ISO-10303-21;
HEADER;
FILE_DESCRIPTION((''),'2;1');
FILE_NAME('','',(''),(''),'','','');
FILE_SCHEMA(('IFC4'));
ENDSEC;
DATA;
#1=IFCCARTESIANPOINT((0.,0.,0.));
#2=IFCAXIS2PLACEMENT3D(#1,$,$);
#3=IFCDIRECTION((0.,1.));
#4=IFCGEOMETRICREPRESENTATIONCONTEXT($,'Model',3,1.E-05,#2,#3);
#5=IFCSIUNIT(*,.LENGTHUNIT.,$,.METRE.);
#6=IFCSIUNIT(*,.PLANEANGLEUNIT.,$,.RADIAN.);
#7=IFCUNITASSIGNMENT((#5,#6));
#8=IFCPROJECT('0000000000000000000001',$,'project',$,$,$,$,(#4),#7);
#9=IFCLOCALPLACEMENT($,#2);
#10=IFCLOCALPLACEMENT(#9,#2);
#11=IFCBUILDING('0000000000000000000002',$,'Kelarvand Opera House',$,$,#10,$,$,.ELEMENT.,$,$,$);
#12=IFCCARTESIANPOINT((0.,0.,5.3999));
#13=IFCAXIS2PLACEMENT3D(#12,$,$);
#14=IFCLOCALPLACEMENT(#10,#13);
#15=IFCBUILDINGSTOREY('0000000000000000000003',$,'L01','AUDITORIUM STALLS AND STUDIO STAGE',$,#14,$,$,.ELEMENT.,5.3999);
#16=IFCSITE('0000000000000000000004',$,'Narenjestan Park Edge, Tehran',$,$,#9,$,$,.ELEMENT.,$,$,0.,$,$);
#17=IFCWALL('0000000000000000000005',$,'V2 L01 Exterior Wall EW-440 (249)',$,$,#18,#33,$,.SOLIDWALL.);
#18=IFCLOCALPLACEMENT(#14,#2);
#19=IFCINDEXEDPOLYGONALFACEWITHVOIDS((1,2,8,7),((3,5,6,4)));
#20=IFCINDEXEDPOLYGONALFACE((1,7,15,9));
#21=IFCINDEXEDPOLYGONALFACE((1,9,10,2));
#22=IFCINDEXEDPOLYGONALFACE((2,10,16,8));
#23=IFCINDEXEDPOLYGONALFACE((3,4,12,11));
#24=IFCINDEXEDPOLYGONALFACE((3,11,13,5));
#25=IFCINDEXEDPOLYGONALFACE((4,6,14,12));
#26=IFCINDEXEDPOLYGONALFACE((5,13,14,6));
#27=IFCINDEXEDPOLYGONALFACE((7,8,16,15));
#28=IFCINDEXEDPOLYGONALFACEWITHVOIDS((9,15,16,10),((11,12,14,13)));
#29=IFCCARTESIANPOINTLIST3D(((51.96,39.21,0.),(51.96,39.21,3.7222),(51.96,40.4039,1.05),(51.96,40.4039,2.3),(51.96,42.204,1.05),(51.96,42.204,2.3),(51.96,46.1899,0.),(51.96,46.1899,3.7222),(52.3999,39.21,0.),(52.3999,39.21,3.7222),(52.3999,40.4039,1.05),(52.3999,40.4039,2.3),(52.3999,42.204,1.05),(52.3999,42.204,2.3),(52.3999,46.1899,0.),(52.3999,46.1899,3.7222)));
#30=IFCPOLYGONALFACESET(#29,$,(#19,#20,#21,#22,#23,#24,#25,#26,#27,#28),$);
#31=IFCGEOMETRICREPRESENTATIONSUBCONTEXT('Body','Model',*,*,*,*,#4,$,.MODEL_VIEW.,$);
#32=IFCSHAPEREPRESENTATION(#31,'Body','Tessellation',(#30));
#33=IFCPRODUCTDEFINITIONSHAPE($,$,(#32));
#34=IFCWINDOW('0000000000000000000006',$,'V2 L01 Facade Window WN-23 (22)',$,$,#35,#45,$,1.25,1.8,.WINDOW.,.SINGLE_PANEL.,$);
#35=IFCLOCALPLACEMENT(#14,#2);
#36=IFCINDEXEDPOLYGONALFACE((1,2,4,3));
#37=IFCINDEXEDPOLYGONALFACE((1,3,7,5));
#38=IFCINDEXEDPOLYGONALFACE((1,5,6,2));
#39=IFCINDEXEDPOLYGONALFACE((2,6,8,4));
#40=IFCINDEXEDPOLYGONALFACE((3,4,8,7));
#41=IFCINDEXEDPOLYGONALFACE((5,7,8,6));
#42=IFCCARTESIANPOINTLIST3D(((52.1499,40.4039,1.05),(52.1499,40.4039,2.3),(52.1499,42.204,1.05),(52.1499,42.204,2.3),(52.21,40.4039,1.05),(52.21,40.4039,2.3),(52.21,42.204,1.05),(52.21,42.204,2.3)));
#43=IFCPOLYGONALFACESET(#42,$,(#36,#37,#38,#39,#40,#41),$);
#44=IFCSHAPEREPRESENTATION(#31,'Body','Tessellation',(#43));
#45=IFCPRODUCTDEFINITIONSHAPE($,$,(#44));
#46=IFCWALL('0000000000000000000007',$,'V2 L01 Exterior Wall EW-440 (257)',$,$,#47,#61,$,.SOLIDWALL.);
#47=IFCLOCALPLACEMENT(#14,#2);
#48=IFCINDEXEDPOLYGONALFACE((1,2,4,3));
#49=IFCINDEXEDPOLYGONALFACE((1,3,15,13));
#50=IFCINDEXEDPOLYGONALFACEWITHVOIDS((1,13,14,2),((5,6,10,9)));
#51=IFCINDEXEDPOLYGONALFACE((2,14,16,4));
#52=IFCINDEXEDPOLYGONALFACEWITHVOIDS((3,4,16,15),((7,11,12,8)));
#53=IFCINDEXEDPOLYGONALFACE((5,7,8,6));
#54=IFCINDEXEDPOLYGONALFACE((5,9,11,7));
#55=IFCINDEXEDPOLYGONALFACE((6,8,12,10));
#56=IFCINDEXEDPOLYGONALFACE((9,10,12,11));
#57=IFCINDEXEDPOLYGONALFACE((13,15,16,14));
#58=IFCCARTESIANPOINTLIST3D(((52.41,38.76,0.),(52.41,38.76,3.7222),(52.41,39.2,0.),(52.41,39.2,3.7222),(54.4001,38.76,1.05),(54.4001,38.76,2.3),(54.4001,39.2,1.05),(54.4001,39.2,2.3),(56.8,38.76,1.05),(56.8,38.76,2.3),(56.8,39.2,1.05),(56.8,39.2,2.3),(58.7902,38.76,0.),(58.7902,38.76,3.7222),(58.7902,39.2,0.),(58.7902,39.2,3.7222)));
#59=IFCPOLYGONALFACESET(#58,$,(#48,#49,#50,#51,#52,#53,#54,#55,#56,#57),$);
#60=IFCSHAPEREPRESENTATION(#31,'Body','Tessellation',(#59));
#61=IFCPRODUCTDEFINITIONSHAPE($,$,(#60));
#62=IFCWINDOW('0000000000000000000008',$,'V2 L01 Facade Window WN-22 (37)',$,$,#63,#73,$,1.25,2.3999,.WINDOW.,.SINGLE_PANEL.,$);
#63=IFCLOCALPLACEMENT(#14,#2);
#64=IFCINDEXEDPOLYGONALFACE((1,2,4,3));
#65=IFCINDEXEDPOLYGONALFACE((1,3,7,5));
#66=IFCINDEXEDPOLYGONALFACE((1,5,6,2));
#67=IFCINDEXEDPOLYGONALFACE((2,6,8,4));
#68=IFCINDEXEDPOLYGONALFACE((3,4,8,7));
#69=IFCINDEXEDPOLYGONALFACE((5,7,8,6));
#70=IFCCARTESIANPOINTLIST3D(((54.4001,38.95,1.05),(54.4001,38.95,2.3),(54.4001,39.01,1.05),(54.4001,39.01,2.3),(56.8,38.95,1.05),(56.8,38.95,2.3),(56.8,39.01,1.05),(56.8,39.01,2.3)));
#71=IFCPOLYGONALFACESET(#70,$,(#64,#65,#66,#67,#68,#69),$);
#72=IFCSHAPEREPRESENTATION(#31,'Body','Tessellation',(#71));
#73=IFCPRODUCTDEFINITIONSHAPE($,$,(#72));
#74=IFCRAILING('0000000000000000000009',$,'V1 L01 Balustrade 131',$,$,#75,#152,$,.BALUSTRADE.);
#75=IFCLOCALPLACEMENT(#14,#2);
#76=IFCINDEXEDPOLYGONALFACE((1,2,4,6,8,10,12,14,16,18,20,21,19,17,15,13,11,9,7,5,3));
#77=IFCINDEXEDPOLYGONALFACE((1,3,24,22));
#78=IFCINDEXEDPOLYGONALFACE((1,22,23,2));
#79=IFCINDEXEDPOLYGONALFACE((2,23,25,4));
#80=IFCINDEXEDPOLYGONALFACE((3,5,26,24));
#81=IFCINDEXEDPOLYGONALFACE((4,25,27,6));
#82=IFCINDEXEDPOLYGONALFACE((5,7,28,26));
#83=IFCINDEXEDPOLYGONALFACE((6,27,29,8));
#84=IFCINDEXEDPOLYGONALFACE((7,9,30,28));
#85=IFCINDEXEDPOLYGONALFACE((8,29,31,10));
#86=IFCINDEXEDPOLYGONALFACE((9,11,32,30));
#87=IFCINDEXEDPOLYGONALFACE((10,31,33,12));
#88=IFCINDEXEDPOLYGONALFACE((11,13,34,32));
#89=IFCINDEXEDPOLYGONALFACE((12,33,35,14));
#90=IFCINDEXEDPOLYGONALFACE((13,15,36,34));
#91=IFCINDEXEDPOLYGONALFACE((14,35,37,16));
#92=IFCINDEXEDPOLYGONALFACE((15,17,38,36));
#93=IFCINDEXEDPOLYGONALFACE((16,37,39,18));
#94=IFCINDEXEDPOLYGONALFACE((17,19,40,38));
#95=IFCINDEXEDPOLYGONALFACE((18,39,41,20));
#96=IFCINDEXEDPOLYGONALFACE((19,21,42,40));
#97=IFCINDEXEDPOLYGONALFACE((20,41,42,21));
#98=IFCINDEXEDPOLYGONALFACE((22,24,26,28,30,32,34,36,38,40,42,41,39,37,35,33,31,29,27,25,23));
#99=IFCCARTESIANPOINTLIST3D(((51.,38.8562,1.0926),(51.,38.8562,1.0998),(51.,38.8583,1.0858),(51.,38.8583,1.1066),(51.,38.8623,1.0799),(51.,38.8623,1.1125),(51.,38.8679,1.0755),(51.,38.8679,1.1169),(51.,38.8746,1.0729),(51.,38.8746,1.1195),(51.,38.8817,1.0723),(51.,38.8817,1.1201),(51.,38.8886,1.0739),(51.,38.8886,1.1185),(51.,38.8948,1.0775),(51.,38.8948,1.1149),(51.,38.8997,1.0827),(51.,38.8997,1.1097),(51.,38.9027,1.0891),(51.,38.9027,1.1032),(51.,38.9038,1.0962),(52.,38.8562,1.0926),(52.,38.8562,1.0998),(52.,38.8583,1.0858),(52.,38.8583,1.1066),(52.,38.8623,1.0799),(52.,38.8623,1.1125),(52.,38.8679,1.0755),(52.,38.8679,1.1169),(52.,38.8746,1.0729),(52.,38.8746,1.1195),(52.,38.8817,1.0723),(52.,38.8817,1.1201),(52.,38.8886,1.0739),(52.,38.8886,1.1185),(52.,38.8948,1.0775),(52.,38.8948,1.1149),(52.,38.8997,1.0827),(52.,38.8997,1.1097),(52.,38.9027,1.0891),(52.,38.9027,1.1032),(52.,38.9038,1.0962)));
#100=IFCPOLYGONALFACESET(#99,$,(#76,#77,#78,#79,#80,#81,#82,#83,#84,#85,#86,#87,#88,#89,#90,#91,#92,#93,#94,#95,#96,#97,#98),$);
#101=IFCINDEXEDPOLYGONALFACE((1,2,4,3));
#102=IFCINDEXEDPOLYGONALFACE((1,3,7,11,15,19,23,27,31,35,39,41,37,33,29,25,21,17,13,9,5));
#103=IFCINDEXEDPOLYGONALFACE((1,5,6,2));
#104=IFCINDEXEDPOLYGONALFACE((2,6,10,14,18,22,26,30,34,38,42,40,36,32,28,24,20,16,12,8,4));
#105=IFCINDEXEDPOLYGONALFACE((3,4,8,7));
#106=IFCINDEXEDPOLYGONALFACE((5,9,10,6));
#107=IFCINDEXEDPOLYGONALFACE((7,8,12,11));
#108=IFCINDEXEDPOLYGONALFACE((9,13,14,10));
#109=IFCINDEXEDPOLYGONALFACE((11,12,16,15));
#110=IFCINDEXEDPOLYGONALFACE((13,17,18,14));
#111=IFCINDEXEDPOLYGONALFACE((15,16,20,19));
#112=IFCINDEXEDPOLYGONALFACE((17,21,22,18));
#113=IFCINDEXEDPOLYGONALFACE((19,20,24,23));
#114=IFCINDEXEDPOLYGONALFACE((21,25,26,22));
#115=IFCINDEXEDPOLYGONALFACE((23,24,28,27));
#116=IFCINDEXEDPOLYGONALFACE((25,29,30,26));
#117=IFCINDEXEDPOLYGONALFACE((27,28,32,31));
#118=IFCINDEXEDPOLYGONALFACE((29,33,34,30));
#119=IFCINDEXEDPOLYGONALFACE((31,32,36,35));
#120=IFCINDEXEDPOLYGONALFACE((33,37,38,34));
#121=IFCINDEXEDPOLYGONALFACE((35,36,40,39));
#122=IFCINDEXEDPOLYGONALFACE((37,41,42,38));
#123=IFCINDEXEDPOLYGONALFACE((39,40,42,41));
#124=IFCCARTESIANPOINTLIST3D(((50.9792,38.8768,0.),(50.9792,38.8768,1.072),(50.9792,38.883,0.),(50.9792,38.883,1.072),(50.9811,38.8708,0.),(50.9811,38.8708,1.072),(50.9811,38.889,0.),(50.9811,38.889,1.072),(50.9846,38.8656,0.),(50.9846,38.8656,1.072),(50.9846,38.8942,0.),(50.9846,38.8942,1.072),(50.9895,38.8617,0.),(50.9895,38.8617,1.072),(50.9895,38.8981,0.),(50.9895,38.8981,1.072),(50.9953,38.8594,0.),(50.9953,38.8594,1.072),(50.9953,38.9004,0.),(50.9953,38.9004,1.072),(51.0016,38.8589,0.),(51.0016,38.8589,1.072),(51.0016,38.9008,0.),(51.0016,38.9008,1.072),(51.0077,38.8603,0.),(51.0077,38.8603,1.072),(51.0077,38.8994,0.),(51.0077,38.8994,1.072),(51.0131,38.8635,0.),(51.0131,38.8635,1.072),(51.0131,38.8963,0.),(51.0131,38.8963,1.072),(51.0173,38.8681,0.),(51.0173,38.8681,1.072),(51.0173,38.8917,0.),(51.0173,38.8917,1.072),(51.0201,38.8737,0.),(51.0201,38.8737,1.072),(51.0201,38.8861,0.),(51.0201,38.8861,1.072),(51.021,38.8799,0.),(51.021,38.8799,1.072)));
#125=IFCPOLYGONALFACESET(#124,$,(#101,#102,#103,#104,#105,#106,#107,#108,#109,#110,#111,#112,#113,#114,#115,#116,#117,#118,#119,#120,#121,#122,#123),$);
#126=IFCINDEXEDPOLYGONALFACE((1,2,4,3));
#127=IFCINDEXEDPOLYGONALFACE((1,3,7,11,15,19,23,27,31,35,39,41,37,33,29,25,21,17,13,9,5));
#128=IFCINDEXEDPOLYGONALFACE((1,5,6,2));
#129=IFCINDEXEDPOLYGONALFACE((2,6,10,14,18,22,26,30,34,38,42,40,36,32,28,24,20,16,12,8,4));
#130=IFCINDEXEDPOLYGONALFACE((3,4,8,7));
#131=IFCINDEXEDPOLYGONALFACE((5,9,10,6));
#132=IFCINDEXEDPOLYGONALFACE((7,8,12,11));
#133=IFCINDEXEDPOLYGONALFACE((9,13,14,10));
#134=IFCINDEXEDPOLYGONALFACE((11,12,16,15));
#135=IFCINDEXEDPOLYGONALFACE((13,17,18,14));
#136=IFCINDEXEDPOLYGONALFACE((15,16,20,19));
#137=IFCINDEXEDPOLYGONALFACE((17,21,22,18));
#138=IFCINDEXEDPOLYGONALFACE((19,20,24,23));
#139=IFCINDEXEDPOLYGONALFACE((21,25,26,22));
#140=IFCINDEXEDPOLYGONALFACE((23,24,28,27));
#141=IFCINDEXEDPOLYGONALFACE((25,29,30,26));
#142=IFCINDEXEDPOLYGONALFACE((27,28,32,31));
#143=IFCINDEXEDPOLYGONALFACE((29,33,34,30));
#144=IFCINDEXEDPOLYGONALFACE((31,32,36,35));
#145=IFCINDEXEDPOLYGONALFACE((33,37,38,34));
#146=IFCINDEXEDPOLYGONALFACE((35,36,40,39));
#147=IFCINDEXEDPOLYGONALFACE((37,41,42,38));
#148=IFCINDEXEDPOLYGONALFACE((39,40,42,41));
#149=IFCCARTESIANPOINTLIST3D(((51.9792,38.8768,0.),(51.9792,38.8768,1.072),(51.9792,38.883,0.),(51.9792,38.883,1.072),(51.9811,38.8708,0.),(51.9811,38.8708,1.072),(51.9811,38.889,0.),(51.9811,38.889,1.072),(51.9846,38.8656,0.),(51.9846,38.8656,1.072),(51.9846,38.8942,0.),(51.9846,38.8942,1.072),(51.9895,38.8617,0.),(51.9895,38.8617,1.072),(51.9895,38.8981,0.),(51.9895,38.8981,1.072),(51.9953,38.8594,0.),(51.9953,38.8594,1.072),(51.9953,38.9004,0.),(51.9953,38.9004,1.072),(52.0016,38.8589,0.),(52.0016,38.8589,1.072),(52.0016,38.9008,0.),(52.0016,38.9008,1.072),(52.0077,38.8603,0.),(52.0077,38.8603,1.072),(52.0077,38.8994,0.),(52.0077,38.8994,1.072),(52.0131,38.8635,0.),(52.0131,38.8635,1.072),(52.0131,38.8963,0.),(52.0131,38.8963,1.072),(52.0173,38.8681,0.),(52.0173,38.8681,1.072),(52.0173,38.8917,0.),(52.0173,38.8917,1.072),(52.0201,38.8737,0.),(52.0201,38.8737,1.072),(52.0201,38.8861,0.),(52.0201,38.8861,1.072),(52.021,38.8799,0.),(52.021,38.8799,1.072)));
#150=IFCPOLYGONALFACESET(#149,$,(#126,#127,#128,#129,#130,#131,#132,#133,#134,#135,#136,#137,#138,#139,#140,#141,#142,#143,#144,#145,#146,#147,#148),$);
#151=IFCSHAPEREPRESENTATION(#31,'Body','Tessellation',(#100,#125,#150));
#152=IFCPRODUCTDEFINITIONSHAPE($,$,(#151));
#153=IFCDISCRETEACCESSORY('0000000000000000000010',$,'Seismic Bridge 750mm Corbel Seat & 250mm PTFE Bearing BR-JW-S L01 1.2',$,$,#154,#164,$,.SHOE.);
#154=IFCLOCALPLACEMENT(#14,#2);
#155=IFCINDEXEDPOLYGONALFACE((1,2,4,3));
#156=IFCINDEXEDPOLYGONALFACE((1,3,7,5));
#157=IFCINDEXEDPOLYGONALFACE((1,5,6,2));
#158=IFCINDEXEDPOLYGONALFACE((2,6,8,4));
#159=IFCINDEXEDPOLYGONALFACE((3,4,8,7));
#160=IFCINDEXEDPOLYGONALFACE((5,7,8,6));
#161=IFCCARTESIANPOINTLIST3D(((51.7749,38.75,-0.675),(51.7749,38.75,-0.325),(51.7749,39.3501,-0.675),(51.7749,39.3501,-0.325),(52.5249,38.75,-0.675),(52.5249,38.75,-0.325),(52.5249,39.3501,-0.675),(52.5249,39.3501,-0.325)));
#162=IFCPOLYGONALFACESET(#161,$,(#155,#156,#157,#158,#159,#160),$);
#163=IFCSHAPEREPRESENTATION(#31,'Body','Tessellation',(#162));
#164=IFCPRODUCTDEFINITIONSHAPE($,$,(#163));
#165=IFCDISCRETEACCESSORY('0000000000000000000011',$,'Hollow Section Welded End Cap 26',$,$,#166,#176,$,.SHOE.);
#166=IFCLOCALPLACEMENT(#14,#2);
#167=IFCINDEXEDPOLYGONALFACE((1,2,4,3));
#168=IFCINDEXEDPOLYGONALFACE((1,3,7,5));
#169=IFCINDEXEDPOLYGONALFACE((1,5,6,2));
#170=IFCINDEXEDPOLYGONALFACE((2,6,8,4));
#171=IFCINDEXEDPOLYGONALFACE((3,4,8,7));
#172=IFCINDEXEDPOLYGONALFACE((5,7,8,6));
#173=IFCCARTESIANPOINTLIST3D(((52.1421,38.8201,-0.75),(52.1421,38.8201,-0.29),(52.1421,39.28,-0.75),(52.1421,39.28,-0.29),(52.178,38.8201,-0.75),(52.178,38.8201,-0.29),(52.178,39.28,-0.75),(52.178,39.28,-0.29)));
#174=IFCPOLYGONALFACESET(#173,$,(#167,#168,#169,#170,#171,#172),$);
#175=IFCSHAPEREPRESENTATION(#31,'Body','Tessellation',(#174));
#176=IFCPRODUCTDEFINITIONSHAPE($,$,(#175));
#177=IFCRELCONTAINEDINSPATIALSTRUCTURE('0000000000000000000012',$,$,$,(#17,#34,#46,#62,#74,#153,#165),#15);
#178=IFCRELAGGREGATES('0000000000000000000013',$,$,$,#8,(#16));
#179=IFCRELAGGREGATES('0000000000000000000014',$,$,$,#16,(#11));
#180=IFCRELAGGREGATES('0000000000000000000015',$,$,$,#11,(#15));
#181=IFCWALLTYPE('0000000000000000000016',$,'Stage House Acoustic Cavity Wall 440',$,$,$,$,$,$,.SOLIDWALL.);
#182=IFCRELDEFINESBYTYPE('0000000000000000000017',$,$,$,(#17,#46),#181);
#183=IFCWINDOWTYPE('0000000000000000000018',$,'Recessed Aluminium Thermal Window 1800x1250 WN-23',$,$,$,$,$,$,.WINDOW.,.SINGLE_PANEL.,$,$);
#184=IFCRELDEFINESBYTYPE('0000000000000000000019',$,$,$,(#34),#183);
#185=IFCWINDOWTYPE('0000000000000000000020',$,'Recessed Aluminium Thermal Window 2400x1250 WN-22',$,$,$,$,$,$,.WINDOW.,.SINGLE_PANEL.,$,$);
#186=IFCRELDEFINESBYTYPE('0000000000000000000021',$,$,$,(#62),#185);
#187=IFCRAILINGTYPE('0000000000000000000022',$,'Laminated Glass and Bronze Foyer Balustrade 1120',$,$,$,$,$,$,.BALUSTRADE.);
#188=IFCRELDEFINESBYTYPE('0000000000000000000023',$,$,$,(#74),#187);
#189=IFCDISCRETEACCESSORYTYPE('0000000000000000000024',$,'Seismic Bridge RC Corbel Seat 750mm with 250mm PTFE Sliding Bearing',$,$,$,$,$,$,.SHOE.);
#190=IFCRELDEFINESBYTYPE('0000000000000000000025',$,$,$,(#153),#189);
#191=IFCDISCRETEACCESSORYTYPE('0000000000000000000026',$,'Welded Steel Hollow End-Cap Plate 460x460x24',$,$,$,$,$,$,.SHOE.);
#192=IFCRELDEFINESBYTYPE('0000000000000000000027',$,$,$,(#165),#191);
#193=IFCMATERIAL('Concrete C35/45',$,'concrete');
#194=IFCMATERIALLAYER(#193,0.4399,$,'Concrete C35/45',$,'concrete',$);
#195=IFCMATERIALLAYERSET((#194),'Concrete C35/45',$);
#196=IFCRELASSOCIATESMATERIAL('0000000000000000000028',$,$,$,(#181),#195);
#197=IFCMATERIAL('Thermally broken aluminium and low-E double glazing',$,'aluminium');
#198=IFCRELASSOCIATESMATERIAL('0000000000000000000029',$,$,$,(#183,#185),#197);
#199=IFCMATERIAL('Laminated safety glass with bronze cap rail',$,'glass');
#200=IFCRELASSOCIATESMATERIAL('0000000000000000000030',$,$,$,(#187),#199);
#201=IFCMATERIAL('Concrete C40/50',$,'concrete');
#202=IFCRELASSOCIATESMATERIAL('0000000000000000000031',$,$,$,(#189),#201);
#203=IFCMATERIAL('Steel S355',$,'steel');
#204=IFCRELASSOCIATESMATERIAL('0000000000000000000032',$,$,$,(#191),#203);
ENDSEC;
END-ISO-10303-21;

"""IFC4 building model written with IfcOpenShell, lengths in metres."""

from ifc_helpers import new_model, si_unit, direction, frame, frame_2d, origin, origin_2d, place, context, subcontext, project, spatial, rectangle, circle, extrude, material, layer, layer_set, material_profile, profile_set, type_object, element, fill, save


model = new_model("IFC4")

# Units and contexts
model_context = context("Model", 3, precision=1e-05, world=origin(), true_north=direction((0.0, 1.0)))
body_context = subcontext(model_context, "Body", "Model", "MODEL_VIEW")
ifc_project = project(units=[si_unit("LENGTHUNIT", "METRE"), si_unit("PLANEANGLEUNIT", "RADIAN")], contexts=[model_context])

# Site, building, storey
site_placement = place(None, origin())
site = spatial("IfcSite", under=ifc_project, at=site_placement, Name="Narenjestan Park Edge, Tehran", CompositionType="ELEMENT", RefElevation=0.0)
building_placement = place(site_placement, origin())
building = spatial("IfcBuilding", under=site, at=building_placement, Name="Kelarvand Opera House", CompositionType="ELEMENT")
storey_placement = place(building_placement, frame((0.0, 0.0, 5.3999)))
storey = spatial("IfcBuildingStorey", under=building, at=storey_placement, Name="L01", Description="AUDITORIUM STALLS AND STUDIO STAGE", CompositionType="ELEMENT", Elevation=5.3999)

# Shared definitions
ifc_material_1 = material(Name="Concrete C40/50", Category="concrete")

# Shared definitions
ifc_material_2 = material(Name="Steel S355", Category="steel")

# Shared definitions
ifc_material_3 = material(Name="Concrete C35/45", Category="concrete")

# Walls, openings, windows
ifc_layer_1 = layer(ifc_material_3, 0.4399, Name="Concrete C35/45", Category="concrete")
ifc_layer_set_1 = layer_set([ifc_layer_1], Name="Concrete C35/45")
wall_type_1 = type_object("IfcWallType", Name="Stage House Acoustic Cavity Wall 440", PredefinedType="SOLIDWALL", material=ifc_layer_set_1)
wall_1_placement = place(storey_placement, frame((52.1799, 39.21, 0.0), z_axis=(0.0, 0.0, 1.0), x_axis=(0.0, 1.0, 0.0)))
wall_1 = element("IfcWall", 1, at=wall_1_placement, inside=storey, type_object=wall_type_1, Name="V2 L01 Exterior Wall EW-440 (249)", PredefinedType="SOLIDWALL", context=body_context, shape_type="SweptSolid", body=[
    extrude(rectangle(XDim=6.98, YDim=0.4399, at=frame_2d((3.49, 0.0))), origin(), (0.0, 0.0, 1.0), 3.7222),
])
opening_1_placement = place(wall_1_placement, frame((1.1941, 0.0, 1.05)))
opening_1 = element("IfcOpeningElement", 2, at=opening_1_placement, cuts=wall_1, PredefinedType="OPENING", context=body_context, shape_type="SweptSolid", body=[
    extrude(rectangle(XDim=1.8, YDim=1.25, at=frame_2d((0.8999, 0.625))), frame((0.0, 0.23, 0.0), z_axis=(0.0, -1.0, 0.0), x_axis=(1.0, 0.0, 0.0)), (0.0, 0.0, 1.0), 0.46),
])
ifc_material_4 = material(Name="Thermally broken aluminium and low-E double glazing", Category="aluminium")
window_type_1 = type_object("IfcWindowType", Name="Recessed Aluminium Thermal Window 1800x1250 WN-23", PartitioningType="SINGLE_PANEL", PredefinedType="WINDOW", material=ifc_material_4)
window_1_placement = place(opening_1_placement, origin())
window_1 = element("IfcWindow", 3, at=window_1_placement, inside=storey, type_object=window_type_1, Name="V2 L01 Facade Window WN-23 (22)", OverallHeight=1.25, OverallWidth=1.8, PartitioningType="SINGLE_PANEL", PredefinedType="WINDOW", context=body_context, shape_type="SweptSolid", body=[
    extrude(rectangle(XDim=1.8, YDim=1.25, at=frame_2d((0.8999, 0.625))), frame((0.0, 0.03, 0.0), z_axis=(0.0, -1.0, 0.0), x_axis=(1.0, 0.0, 0.0)), (0.0, 0.0, 1.0), 0.0601),
])
fill(opening_1, window_1)
wall_2_placement = place(storey_placement, frame((58.79, 38.98, 0.0), z_axis=(0.0, 0.0, 1.0), x_axis=(-1.0, 0.0, 0.0)))
wall_2 = element("IfcWall", 4, at=wall_2_placement, inside=storey, type_object=wall_type_1, Name="V2 L01 Exterior Wall EW-440 (257)", PredefinedType="SOLIDWALL", context=body_context, shape_type="SweptSolid", body=[
    extrude(rectangle(XDim=6.3801, YDim=0.4399, at=frame_2d((3.1899, 0.0))), origin(), (0.0, 0.0, 1.0), 3.7222),
])
opening_2_placement = place(wall_2_placement, frame((1.99, 0.0, 1.05)))
opening_2 = element("IfcOpeningElement", 5, at=opening_2_placement, cuts=wall_2, PredefinedType="OPENING", context=body_context, shape_type="SweptSolid", body=[
    extrude(rectangle(XDim=2.3999, YDim=1.25, at=frame_2d((1.2, 0.625))), frame((0.0, 0.23, 0.0), z_axis=(0.0, -1.0, 0.0), x_axis=(1.0, 0.0, 0.0)), (0.0, 0.0, 1.0), 0.46),
])
window_type_2 = type_object("IfcWindowType", Name="Recessed Aluminium Thermal Window 2400x1250 WN-22", PartitioningType="SINGLE_PANEL", PredefinedType="WINDOW", material=ifc_material_4)
window_2_placement = place(opening_2_placement, origin())
window_2 = element("IfcWindow", 6, at=window_2_placement, inside=storey, type_object=window_type_2, Name="V2 L01 Facade Window WN-22 (37)", OverallHeight=1.25, OverallWidth=2.3999, PartitioningType="SINGLE_PANEL", PredefinedType="WINDOW", context=body_context, shape_type="SweptSolid", body=[
    extrude(rectangle(XDim=2.3999, YDim=1.25, at=frame_2d((1.2, 0.625))), frame((0.0, 0.03, 0.0), z_axis=(0.0, -1.0, 0.0), x_axis=(1.0, 0.0, 0.0)), (0.0, 0.0, 1.0), 0.0601),
])
fill(opening_2, window_2)

# Railing
ifc_material_5 = material(Name="Laminated safety glass with bronze cap rail", Category="glass")
railing_type = type_object("IfcRailingType", Name="Laminated Glass and Bronze Foyer Balustrade 1120", PredefinedType="BALUSTRADE", material=ifc_material_5)
railing_placement = place(storey_placement, frame((51.0, 38.8799, 0.0)))
element("IfcRailing", 7, at=railing_placement, inside=storey, type_object=railing_type, Name="V1 L01 Balustrade 131", PredefinedType="BALUSTRADE", context=body_context, shape_type="SweptSolid", body=[
    extrude(circle(Radius=0.0239, at=origin_2d()), frame((0.0, 0.0, 1.0962), z_axis=(1.0, 0.0, 0.0), x_axis=(0.0, 1.0, 0.0)), (0.0, 0.0, 1.0), 1.0),
    extrude(circle(Radius=0.021, at=origin_2d()), origin(), (0.0, 0.0, 1.0), 1.072),
    extrude(circle(Radius=0.021, at=origin_2d()), frame((1.0, 0.0, 0.0)), (0.0, 0.0, 1.0), 1.072),
])

# Discrete accessories
discrete_accessory_type_1 = type_object("IfcDiscreteAccessoryType", Name="Seismic Bridge RC Corbel Seat 750mm with 250mm PTFE Sliding Bearing", PredefinedType="SHOE", material=ifc_material_1)
discrete_accessory_1_placement = place(storey_placement, frame((52.1499, 39.05, -0.675), z_axis=(0.0, 0.0, 1.0), x_axis=(1.0, 0.0, 0.0)))
element("IfcDiscreteAccessory", 8, at=discrete_accessory_1_placement, inside=storey, type_object=discrete_accessory_type_1, Name="Seismic Bridge 750mm Corbel Seat & 250mm PTFE Bearing BR-JW-S L01 1.2", PredefinedType="SHOE", context=body_context, shape_type="SweptSolid", body=[
    extrude(rectangle(XDim=0.75, YDim=0.6001, at=origin_2d()), origin(), (0.0, 0.0, 1.0), 0.3501),
])
ifc_material_profile_1 = material_profile(ifc_material_2, rectangle(XDim=0.46, YDim=0.46, at=origin_2d()), Name="Welded Steel Hollow End-Cap Plate 460x460x24", Category="steel")
ifc_profile_set_1 = profile_set([ifc_material_profile_1], Name="Steel S355")
discrete_accessory_type_2 = type_object("IfcDiscreteAccessoryType", Name="Welded Steel Hollow End-Cap Plate 460x460x24", PredefinedType="SHOE", material=ifc_profile_set_1)
discrete_accessory_2_placement = place(storey_placement, frame((52.1421, 39.05, -0.52), z_axis=(1.0, 0.0, 0.0), x_axis=(0.0, 1.0, 0.0)))
element("IfcDiscreteAccessory", 9, at=discrete_accessory_2_placement, inside=storey, type_object=discrete_accessory_type_2, Name="Hollow Section Welded End Cap 26", PredefinedType="SHOE", context=body_context, shape_type="SweptSolid", body=[
    extrude(rectangle(XDim=0.46, YDim=0.46, at=origin_2d()), origin(), (0.0, 0.0, 1.0), 0.0359),
])

save(model, "model.ifc")
